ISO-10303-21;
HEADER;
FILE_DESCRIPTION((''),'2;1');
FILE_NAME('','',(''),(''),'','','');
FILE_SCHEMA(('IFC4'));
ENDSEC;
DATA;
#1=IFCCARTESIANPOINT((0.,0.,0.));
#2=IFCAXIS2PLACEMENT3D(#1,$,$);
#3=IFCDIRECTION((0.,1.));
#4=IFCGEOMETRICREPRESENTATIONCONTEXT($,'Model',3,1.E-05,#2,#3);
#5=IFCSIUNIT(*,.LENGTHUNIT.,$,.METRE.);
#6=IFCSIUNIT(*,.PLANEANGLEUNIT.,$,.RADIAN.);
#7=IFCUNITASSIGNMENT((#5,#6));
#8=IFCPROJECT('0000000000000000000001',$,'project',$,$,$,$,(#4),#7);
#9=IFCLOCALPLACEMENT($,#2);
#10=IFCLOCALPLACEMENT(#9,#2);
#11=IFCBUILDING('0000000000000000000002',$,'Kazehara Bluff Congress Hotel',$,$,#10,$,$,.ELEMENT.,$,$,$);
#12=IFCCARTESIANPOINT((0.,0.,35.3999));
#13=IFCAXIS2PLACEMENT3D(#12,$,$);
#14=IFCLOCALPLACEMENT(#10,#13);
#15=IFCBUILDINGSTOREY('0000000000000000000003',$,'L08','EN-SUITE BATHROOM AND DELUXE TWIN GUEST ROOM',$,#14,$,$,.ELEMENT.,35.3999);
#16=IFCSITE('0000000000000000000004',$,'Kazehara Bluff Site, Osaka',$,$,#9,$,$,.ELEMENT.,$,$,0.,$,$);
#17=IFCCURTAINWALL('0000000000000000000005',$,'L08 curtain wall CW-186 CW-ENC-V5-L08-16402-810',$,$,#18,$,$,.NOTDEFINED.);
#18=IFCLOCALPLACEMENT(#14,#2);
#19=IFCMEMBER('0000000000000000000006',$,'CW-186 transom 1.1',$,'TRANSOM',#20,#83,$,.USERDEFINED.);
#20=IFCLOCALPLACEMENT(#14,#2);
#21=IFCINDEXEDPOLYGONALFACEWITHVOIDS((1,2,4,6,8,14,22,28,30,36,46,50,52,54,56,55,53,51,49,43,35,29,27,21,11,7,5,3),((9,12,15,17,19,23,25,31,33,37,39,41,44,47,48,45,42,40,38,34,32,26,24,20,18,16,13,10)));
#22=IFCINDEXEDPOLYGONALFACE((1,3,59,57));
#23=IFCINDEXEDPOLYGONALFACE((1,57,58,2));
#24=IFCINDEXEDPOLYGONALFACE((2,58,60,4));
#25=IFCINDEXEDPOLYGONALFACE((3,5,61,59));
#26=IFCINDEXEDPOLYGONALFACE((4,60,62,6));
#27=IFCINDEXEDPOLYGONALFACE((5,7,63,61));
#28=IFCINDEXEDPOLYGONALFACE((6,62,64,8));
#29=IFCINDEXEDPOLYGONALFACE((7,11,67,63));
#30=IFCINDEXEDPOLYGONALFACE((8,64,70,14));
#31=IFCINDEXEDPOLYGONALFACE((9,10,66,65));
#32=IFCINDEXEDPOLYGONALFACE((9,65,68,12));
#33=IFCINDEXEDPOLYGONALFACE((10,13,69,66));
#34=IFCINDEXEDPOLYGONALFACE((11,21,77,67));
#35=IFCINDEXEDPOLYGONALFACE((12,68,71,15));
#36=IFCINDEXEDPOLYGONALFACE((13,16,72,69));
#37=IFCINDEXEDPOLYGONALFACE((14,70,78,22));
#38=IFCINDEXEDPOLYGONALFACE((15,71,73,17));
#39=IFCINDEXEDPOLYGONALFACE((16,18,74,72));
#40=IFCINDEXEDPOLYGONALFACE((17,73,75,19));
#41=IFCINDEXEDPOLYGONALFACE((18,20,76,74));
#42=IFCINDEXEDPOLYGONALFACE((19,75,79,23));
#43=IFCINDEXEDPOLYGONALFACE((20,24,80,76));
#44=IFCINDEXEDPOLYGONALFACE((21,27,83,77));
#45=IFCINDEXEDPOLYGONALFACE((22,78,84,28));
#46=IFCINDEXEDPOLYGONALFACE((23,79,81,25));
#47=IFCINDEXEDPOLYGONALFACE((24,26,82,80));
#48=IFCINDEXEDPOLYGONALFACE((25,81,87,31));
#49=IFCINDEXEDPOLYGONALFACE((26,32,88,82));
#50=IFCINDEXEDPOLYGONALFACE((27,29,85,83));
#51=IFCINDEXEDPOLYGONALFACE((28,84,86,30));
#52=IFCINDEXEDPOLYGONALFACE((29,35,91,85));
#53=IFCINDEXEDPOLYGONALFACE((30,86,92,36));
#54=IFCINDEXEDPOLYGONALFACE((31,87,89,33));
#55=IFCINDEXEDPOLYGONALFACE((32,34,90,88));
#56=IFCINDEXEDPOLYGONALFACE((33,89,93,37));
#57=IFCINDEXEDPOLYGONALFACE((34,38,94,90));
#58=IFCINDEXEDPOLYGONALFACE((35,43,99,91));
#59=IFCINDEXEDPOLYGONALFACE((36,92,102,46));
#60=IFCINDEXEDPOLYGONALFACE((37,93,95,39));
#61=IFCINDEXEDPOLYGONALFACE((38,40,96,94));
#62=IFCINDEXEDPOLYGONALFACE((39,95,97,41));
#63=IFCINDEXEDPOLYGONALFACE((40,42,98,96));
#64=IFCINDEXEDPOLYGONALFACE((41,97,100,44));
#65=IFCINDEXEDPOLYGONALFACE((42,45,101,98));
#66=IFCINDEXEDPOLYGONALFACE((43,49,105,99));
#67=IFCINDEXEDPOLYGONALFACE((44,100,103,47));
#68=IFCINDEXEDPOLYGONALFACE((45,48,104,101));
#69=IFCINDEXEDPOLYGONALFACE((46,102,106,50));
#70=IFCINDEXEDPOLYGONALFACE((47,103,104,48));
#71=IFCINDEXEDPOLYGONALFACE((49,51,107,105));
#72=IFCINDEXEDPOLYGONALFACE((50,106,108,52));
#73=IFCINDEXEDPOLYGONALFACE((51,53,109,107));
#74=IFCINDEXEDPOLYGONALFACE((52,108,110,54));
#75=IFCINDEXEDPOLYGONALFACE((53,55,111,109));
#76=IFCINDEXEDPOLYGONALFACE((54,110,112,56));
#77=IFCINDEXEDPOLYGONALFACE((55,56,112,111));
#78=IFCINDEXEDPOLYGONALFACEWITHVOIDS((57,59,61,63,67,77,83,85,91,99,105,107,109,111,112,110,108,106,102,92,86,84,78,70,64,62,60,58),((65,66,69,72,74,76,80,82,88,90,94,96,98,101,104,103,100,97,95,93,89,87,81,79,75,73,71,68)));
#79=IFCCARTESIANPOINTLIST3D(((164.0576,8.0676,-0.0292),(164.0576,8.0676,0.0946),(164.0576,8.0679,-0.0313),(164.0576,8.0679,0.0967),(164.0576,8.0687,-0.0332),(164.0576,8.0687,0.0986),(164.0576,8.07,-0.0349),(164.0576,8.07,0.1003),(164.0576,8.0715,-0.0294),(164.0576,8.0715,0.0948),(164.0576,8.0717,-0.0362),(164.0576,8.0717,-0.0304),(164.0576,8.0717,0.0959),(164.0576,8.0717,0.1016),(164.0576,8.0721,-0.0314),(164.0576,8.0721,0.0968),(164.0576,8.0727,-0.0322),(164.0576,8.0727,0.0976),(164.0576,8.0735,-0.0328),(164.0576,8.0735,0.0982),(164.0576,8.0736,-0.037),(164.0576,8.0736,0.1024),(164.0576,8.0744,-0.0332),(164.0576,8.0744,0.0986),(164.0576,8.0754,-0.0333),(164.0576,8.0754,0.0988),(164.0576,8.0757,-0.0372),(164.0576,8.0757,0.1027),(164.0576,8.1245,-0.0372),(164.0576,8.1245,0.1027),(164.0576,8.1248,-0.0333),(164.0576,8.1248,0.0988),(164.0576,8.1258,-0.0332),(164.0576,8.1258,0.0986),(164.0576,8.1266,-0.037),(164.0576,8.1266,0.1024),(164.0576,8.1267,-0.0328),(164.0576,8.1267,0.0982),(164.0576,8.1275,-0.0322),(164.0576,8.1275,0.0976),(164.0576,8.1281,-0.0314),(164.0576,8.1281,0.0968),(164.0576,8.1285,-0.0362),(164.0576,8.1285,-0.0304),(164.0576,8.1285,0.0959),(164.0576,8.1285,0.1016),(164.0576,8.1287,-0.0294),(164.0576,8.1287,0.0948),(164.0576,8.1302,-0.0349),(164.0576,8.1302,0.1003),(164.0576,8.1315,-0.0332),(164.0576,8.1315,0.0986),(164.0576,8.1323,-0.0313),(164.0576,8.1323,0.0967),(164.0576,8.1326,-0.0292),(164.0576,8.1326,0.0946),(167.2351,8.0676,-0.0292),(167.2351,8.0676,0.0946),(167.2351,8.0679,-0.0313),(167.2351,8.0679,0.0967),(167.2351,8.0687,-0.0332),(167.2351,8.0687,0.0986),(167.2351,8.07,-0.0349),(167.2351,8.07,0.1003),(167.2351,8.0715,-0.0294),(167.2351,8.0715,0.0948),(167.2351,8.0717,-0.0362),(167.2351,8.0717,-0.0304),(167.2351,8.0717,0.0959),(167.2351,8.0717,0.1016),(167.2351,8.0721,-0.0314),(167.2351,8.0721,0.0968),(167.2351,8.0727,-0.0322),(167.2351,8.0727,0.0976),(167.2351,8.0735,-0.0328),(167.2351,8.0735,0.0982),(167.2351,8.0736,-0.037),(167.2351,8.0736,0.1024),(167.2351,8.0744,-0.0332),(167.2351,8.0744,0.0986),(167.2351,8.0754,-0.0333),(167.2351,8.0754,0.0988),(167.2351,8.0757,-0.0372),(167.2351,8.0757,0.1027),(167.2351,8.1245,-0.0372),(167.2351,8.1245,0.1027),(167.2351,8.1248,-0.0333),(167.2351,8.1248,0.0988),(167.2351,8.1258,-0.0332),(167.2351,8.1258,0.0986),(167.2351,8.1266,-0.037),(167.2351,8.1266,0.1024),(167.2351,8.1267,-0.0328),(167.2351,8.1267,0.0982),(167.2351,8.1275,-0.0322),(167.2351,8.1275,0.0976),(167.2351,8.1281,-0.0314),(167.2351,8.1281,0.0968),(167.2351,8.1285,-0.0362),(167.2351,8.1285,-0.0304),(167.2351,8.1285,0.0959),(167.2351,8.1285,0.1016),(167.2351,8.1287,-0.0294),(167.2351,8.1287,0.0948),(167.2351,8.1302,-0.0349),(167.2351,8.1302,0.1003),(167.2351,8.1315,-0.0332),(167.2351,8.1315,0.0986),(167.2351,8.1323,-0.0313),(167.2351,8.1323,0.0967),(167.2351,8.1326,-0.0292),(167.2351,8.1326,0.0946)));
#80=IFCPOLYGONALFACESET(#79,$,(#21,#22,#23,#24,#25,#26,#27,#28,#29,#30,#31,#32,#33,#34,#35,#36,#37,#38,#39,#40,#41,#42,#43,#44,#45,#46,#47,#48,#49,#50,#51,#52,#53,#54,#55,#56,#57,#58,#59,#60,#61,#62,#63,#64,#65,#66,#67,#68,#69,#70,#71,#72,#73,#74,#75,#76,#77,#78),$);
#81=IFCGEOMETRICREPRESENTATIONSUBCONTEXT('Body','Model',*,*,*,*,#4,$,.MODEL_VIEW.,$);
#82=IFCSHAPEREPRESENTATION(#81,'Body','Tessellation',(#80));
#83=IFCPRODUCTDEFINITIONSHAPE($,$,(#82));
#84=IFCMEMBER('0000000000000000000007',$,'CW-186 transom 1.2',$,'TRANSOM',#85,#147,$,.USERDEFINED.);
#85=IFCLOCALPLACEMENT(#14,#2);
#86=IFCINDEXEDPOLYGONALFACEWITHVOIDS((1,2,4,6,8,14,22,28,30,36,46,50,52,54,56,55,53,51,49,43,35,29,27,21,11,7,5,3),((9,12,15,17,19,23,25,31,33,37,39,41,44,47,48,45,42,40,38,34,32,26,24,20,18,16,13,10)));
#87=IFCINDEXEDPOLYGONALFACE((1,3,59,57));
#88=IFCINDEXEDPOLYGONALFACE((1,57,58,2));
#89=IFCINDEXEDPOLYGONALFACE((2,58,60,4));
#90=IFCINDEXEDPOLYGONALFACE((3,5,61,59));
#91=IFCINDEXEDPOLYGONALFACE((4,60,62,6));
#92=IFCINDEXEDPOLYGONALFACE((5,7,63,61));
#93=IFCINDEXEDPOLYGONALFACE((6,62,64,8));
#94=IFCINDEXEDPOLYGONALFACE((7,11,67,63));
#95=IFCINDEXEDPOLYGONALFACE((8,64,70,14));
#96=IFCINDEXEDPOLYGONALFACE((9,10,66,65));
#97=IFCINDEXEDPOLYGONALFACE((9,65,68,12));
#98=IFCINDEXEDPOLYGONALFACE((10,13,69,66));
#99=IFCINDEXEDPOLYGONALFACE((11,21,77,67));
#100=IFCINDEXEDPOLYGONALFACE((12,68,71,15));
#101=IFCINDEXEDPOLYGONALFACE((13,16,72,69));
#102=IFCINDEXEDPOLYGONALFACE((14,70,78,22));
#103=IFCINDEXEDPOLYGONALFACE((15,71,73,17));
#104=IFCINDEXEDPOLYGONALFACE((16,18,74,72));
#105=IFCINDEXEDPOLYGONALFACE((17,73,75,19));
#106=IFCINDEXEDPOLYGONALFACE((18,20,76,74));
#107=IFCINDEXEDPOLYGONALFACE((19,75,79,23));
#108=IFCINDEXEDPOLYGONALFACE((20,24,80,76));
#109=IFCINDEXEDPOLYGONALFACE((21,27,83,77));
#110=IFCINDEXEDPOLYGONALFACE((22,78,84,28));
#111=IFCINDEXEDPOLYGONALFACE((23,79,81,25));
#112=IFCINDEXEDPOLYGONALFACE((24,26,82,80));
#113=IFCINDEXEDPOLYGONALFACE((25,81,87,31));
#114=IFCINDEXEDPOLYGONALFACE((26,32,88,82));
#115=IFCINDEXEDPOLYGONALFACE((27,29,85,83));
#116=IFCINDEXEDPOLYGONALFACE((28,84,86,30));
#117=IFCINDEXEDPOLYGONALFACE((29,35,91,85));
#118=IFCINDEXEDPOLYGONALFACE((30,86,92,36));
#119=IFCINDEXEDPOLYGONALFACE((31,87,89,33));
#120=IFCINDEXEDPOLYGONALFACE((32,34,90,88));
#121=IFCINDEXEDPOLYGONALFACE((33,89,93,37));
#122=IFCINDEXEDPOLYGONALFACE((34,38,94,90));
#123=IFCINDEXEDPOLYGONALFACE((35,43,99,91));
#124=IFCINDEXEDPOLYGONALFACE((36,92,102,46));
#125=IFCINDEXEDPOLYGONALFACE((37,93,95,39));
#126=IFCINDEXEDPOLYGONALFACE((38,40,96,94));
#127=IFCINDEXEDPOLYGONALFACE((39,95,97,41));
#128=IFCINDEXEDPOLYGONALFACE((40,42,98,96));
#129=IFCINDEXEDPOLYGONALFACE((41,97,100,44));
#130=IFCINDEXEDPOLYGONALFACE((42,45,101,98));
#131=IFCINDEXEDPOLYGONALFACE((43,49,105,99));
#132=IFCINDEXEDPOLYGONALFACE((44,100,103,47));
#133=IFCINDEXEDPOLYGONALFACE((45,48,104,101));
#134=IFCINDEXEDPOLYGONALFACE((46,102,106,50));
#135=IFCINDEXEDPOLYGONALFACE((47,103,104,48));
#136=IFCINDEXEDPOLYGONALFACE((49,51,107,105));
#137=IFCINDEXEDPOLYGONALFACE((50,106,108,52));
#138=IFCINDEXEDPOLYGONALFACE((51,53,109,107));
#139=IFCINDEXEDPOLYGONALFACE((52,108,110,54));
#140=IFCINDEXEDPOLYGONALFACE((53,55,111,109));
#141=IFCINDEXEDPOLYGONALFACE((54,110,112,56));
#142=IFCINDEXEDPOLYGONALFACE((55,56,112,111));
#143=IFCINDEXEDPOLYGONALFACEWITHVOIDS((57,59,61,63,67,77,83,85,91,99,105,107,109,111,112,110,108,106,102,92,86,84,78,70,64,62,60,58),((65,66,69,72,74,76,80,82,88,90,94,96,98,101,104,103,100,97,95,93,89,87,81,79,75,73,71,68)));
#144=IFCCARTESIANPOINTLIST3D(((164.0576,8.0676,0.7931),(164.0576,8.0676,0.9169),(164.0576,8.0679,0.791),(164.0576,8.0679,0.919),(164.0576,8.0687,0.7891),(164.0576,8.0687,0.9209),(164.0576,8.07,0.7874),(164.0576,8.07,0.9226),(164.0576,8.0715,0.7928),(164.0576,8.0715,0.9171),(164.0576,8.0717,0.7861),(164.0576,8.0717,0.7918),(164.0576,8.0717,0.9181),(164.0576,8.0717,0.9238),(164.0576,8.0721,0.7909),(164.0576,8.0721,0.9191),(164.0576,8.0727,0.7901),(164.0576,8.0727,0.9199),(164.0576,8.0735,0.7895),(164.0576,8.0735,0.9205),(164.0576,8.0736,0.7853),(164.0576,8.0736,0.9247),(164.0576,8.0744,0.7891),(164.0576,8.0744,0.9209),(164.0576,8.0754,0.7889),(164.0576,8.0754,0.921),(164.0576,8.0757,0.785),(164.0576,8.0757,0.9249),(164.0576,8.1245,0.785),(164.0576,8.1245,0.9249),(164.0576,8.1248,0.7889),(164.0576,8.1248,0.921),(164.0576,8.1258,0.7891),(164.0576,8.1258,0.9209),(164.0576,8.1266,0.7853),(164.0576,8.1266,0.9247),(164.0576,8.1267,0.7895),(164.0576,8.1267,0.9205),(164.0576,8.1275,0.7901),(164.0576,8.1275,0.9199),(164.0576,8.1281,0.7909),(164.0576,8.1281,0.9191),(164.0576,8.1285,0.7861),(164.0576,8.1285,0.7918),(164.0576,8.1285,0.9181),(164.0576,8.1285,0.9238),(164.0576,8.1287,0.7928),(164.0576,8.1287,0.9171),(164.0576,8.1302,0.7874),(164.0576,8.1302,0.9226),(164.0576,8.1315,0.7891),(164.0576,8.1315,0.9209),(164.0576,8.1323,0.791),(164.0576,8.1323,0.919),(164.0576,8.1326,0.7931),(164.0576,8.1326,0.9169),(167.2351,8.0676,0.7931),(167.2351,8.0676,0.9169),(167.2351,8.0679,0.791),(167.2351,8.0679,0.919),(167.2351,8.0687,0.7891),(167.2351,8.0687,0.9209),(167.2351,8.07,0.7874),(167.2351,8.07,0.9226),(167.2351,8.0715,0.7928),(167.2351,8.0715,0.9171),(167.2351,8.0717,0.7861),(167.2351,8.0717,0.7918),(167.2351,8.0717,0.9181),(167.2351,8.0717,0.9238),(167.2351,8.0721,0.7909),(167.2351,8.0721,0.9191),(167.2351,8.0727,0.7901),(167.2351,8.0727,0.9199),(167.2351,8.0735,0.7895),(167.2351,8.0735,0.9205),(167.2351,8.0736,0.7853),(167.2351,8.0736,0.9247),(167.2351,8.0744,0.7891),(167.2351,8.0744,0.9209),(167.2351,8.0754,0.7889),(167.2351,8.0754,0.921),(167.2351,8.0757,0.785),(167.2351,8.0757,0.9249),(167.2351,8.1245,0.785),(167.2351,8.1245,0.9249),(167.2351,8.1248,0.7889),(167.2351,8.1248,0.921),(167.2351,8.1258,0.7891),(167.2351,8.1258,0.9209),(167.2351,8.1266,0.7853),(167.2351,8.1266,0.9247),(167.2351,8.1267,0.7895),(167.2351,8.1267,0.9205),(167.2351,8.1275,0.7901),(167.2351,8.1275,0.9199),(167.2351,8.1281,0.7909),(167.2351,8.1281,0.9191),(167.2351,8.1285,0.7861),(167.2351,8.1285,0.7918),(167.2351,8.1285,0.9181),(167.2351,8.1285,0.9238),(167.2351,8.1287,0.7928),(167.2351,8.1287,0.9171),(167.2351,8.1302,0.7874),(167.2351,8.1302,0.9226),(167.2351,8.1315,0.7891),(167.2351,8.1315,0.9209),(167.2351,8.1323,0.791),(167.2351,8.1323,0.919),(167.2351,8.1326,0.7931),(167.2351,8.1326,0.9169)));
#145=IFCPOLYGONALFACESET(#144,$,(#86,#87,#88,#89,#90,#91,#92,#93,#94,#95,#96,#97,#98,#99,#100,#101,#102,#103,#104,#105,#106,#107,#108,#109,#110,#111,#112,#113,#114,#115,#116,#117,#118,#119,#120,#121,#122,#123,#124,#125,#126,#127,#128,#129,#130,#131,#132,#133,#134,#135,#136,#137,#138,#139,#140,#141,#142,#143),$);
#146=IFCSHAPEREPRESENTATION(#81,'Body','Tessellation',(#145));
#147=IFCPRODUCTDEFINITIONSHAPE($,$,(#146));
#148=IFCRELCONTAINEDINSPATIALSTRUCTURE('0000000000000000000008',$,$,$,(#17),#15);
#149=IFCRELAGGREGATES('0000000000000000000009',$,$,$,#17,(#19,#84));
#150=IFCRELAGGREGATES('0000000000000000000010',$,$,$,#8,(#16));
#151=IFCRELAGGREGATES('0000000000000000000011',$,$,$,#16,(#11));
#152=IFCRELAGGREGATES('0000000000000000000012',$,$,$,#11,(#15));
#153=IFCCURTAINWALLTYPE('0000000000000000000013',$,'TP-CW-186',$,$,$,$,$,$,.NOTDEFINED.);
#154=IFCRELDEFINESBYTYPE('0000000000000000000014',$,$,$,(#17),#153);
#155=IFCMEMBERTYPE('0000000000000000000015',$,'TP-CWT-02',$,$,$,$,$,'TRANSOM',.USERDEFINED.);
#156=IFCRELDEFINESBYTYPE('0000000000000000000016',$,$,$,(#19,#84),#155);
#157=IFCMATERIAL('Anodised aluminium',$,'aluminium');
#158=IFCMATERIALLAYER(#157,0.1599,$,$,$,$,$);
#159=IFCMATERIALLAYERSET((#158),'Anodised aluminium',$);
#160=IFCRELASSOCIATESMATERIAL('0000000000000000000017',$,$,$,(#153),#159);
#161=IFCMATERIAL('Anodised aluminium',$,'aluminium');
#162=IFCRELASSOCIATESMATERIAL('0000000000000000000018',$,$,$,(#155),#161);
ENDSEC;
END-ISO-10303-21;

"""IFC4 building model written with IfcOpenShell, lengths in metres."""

from ifc_helpers import new_model, si_unit, direction, frame, origin, origin_2d, place, context, subcontext, project, spatial, hollow_rectangle, extrude, material, layer, layer_set, material_profile, profile_set, type_object, element, aggregate, save


model = new_model("IFC4")

# Units and contexts
model_context = context("Model", 3, precision=1e-05, world=origin(), true_north=direction((0.0, 1.0)))
body_context = subcontext(model_context, "Body", "Model", "MODEL_VIEW")
ifc_project = project(units=[si_unit("LENGTHUNIT", "METRE"), si_unit("PLANEANGLEUNIT", "RADIAN")], contexts=[model_context])

# Site, building, storey
site_placement = place(None, origin())
site = spatial("IfcSite", under=ifc_project, at=site_placement, Name="Kazehara Bluff Site, Osaka", CompositionType="ELEMENT", RefElevation=0.0)
building_placement = place(site_placement, origin())
building = spatial("IfcBuilding", under=site, at=building_placement, Name="Kazehara Bluff Congress Hotel", CompositionType="ELEMENT")
storey_placement = place(building_placement, frame((0.0, 0.0, 35.3999)))
storey = spatial("IfcBuildingStorey", under=building, at=storey_placement, Name="L08", Description="EN-SUITE BATHROOM AND DELUXE TWIN GUEST ROOM", CompositionType="ELEMENT", Elevation=35.3999)

# Curtain wall, members
ifc_material_1 = material(Name="Anodised aluminium", Category="aluminium")
ifc_layer_1 = layer(ifc_material_1, 0.1599)
ifc_layer_set_1 = layer_set([ifc_layer_1], Name="Anodised aluminium")
curtain_wall_type = type_object("IfcCurtainWallType", Name="TP-CW-186", PredefinedType="NOTDEFINED", material=ifc_layer_set_1)
curtain_wall_placement = place(storey_placement, origin())
curtain_wall = element("IfcCurtainWall", 1, at=curtain_wall_placement, inside=storey, type_object=curtain_wall_type, Name="L08 curtain wall CW-186 CW-ENC-V5-L08-16402-810", PredefinedType="NOTDEFINED")
ifc_material_2 = material(Name="Anodised aluminium", Category="aluminium")
ifc_material_profile_1 = material_profile(ifc_material_2, hollow_rectangle(XDim=0.0649, YDim=0.1399, WallThickness=0.0039, InnerFilletRadius=0.0039, OuterFilletRadius=0.0081, at=origin_2d()))
ifc_profile_set_1 = profile_set([ifc_material_profile_1], Name="Anodised aluminium")
member_type_1 = type_object("IfcMemberType", Name="TP-CWT-02", ElementType="TRANSOM", PredefinedType="USERDEFINED", material=ifc_profile_set_1)
member_1_placement = place(storey_placement, frame((167.2351, 8.1001, 0.0327), z_axis=(-1.0, 0.0, 0.0), x_axis=(0.0, -1.0, 0.0)))
member_1 = element("IfcMember", 2, at=member_1_placement, type_object=member_type_1, Name="CW-186 transom 1.1", ObjectType="TRANSOM", PredefinedType="USERDEFINED", context=body_context, shape_type="SweptSolid", body=[
    extrude(hollow_rectangle(XDim=0.0649, YDim=0.1399, WallThickness=0.0039, InnerFilletRadius=0.0039, OuterFilletRadius=0.0081, at=origin_2d()), origin(), (0.0, 0.0, 1.0), 3.1775),
])
member_2_placement = place(storey_placement, frame((167.2351, 8.1001, 0.855), z_axis=(-1.0, 0.0, 0.0), x_axis=(0.0, -1.0, 0.0)))
member_2 = element("IfcMember", 3, at=member_2_placement, type_object=member_type_1, Name="CW-186 transom 1.2", ObjectType="TRANSOM", PredefinedType="USERDEFINED", context=body_context, shape_type="SweptSolid", body=[
    extrude(hollow_rectangle(XDim=0.0649, YDim=0.1399, WallThickness=0.0039, InnerFilletRadius=0.0039, OuterFilletRadius=0.0081, at=origin_2d()), origin(), (0.0, 0.0, 1.0), 3.1775),
])

aggregate(curtain_wall, [member_1, member_2])

save(model, "model.ifc")
